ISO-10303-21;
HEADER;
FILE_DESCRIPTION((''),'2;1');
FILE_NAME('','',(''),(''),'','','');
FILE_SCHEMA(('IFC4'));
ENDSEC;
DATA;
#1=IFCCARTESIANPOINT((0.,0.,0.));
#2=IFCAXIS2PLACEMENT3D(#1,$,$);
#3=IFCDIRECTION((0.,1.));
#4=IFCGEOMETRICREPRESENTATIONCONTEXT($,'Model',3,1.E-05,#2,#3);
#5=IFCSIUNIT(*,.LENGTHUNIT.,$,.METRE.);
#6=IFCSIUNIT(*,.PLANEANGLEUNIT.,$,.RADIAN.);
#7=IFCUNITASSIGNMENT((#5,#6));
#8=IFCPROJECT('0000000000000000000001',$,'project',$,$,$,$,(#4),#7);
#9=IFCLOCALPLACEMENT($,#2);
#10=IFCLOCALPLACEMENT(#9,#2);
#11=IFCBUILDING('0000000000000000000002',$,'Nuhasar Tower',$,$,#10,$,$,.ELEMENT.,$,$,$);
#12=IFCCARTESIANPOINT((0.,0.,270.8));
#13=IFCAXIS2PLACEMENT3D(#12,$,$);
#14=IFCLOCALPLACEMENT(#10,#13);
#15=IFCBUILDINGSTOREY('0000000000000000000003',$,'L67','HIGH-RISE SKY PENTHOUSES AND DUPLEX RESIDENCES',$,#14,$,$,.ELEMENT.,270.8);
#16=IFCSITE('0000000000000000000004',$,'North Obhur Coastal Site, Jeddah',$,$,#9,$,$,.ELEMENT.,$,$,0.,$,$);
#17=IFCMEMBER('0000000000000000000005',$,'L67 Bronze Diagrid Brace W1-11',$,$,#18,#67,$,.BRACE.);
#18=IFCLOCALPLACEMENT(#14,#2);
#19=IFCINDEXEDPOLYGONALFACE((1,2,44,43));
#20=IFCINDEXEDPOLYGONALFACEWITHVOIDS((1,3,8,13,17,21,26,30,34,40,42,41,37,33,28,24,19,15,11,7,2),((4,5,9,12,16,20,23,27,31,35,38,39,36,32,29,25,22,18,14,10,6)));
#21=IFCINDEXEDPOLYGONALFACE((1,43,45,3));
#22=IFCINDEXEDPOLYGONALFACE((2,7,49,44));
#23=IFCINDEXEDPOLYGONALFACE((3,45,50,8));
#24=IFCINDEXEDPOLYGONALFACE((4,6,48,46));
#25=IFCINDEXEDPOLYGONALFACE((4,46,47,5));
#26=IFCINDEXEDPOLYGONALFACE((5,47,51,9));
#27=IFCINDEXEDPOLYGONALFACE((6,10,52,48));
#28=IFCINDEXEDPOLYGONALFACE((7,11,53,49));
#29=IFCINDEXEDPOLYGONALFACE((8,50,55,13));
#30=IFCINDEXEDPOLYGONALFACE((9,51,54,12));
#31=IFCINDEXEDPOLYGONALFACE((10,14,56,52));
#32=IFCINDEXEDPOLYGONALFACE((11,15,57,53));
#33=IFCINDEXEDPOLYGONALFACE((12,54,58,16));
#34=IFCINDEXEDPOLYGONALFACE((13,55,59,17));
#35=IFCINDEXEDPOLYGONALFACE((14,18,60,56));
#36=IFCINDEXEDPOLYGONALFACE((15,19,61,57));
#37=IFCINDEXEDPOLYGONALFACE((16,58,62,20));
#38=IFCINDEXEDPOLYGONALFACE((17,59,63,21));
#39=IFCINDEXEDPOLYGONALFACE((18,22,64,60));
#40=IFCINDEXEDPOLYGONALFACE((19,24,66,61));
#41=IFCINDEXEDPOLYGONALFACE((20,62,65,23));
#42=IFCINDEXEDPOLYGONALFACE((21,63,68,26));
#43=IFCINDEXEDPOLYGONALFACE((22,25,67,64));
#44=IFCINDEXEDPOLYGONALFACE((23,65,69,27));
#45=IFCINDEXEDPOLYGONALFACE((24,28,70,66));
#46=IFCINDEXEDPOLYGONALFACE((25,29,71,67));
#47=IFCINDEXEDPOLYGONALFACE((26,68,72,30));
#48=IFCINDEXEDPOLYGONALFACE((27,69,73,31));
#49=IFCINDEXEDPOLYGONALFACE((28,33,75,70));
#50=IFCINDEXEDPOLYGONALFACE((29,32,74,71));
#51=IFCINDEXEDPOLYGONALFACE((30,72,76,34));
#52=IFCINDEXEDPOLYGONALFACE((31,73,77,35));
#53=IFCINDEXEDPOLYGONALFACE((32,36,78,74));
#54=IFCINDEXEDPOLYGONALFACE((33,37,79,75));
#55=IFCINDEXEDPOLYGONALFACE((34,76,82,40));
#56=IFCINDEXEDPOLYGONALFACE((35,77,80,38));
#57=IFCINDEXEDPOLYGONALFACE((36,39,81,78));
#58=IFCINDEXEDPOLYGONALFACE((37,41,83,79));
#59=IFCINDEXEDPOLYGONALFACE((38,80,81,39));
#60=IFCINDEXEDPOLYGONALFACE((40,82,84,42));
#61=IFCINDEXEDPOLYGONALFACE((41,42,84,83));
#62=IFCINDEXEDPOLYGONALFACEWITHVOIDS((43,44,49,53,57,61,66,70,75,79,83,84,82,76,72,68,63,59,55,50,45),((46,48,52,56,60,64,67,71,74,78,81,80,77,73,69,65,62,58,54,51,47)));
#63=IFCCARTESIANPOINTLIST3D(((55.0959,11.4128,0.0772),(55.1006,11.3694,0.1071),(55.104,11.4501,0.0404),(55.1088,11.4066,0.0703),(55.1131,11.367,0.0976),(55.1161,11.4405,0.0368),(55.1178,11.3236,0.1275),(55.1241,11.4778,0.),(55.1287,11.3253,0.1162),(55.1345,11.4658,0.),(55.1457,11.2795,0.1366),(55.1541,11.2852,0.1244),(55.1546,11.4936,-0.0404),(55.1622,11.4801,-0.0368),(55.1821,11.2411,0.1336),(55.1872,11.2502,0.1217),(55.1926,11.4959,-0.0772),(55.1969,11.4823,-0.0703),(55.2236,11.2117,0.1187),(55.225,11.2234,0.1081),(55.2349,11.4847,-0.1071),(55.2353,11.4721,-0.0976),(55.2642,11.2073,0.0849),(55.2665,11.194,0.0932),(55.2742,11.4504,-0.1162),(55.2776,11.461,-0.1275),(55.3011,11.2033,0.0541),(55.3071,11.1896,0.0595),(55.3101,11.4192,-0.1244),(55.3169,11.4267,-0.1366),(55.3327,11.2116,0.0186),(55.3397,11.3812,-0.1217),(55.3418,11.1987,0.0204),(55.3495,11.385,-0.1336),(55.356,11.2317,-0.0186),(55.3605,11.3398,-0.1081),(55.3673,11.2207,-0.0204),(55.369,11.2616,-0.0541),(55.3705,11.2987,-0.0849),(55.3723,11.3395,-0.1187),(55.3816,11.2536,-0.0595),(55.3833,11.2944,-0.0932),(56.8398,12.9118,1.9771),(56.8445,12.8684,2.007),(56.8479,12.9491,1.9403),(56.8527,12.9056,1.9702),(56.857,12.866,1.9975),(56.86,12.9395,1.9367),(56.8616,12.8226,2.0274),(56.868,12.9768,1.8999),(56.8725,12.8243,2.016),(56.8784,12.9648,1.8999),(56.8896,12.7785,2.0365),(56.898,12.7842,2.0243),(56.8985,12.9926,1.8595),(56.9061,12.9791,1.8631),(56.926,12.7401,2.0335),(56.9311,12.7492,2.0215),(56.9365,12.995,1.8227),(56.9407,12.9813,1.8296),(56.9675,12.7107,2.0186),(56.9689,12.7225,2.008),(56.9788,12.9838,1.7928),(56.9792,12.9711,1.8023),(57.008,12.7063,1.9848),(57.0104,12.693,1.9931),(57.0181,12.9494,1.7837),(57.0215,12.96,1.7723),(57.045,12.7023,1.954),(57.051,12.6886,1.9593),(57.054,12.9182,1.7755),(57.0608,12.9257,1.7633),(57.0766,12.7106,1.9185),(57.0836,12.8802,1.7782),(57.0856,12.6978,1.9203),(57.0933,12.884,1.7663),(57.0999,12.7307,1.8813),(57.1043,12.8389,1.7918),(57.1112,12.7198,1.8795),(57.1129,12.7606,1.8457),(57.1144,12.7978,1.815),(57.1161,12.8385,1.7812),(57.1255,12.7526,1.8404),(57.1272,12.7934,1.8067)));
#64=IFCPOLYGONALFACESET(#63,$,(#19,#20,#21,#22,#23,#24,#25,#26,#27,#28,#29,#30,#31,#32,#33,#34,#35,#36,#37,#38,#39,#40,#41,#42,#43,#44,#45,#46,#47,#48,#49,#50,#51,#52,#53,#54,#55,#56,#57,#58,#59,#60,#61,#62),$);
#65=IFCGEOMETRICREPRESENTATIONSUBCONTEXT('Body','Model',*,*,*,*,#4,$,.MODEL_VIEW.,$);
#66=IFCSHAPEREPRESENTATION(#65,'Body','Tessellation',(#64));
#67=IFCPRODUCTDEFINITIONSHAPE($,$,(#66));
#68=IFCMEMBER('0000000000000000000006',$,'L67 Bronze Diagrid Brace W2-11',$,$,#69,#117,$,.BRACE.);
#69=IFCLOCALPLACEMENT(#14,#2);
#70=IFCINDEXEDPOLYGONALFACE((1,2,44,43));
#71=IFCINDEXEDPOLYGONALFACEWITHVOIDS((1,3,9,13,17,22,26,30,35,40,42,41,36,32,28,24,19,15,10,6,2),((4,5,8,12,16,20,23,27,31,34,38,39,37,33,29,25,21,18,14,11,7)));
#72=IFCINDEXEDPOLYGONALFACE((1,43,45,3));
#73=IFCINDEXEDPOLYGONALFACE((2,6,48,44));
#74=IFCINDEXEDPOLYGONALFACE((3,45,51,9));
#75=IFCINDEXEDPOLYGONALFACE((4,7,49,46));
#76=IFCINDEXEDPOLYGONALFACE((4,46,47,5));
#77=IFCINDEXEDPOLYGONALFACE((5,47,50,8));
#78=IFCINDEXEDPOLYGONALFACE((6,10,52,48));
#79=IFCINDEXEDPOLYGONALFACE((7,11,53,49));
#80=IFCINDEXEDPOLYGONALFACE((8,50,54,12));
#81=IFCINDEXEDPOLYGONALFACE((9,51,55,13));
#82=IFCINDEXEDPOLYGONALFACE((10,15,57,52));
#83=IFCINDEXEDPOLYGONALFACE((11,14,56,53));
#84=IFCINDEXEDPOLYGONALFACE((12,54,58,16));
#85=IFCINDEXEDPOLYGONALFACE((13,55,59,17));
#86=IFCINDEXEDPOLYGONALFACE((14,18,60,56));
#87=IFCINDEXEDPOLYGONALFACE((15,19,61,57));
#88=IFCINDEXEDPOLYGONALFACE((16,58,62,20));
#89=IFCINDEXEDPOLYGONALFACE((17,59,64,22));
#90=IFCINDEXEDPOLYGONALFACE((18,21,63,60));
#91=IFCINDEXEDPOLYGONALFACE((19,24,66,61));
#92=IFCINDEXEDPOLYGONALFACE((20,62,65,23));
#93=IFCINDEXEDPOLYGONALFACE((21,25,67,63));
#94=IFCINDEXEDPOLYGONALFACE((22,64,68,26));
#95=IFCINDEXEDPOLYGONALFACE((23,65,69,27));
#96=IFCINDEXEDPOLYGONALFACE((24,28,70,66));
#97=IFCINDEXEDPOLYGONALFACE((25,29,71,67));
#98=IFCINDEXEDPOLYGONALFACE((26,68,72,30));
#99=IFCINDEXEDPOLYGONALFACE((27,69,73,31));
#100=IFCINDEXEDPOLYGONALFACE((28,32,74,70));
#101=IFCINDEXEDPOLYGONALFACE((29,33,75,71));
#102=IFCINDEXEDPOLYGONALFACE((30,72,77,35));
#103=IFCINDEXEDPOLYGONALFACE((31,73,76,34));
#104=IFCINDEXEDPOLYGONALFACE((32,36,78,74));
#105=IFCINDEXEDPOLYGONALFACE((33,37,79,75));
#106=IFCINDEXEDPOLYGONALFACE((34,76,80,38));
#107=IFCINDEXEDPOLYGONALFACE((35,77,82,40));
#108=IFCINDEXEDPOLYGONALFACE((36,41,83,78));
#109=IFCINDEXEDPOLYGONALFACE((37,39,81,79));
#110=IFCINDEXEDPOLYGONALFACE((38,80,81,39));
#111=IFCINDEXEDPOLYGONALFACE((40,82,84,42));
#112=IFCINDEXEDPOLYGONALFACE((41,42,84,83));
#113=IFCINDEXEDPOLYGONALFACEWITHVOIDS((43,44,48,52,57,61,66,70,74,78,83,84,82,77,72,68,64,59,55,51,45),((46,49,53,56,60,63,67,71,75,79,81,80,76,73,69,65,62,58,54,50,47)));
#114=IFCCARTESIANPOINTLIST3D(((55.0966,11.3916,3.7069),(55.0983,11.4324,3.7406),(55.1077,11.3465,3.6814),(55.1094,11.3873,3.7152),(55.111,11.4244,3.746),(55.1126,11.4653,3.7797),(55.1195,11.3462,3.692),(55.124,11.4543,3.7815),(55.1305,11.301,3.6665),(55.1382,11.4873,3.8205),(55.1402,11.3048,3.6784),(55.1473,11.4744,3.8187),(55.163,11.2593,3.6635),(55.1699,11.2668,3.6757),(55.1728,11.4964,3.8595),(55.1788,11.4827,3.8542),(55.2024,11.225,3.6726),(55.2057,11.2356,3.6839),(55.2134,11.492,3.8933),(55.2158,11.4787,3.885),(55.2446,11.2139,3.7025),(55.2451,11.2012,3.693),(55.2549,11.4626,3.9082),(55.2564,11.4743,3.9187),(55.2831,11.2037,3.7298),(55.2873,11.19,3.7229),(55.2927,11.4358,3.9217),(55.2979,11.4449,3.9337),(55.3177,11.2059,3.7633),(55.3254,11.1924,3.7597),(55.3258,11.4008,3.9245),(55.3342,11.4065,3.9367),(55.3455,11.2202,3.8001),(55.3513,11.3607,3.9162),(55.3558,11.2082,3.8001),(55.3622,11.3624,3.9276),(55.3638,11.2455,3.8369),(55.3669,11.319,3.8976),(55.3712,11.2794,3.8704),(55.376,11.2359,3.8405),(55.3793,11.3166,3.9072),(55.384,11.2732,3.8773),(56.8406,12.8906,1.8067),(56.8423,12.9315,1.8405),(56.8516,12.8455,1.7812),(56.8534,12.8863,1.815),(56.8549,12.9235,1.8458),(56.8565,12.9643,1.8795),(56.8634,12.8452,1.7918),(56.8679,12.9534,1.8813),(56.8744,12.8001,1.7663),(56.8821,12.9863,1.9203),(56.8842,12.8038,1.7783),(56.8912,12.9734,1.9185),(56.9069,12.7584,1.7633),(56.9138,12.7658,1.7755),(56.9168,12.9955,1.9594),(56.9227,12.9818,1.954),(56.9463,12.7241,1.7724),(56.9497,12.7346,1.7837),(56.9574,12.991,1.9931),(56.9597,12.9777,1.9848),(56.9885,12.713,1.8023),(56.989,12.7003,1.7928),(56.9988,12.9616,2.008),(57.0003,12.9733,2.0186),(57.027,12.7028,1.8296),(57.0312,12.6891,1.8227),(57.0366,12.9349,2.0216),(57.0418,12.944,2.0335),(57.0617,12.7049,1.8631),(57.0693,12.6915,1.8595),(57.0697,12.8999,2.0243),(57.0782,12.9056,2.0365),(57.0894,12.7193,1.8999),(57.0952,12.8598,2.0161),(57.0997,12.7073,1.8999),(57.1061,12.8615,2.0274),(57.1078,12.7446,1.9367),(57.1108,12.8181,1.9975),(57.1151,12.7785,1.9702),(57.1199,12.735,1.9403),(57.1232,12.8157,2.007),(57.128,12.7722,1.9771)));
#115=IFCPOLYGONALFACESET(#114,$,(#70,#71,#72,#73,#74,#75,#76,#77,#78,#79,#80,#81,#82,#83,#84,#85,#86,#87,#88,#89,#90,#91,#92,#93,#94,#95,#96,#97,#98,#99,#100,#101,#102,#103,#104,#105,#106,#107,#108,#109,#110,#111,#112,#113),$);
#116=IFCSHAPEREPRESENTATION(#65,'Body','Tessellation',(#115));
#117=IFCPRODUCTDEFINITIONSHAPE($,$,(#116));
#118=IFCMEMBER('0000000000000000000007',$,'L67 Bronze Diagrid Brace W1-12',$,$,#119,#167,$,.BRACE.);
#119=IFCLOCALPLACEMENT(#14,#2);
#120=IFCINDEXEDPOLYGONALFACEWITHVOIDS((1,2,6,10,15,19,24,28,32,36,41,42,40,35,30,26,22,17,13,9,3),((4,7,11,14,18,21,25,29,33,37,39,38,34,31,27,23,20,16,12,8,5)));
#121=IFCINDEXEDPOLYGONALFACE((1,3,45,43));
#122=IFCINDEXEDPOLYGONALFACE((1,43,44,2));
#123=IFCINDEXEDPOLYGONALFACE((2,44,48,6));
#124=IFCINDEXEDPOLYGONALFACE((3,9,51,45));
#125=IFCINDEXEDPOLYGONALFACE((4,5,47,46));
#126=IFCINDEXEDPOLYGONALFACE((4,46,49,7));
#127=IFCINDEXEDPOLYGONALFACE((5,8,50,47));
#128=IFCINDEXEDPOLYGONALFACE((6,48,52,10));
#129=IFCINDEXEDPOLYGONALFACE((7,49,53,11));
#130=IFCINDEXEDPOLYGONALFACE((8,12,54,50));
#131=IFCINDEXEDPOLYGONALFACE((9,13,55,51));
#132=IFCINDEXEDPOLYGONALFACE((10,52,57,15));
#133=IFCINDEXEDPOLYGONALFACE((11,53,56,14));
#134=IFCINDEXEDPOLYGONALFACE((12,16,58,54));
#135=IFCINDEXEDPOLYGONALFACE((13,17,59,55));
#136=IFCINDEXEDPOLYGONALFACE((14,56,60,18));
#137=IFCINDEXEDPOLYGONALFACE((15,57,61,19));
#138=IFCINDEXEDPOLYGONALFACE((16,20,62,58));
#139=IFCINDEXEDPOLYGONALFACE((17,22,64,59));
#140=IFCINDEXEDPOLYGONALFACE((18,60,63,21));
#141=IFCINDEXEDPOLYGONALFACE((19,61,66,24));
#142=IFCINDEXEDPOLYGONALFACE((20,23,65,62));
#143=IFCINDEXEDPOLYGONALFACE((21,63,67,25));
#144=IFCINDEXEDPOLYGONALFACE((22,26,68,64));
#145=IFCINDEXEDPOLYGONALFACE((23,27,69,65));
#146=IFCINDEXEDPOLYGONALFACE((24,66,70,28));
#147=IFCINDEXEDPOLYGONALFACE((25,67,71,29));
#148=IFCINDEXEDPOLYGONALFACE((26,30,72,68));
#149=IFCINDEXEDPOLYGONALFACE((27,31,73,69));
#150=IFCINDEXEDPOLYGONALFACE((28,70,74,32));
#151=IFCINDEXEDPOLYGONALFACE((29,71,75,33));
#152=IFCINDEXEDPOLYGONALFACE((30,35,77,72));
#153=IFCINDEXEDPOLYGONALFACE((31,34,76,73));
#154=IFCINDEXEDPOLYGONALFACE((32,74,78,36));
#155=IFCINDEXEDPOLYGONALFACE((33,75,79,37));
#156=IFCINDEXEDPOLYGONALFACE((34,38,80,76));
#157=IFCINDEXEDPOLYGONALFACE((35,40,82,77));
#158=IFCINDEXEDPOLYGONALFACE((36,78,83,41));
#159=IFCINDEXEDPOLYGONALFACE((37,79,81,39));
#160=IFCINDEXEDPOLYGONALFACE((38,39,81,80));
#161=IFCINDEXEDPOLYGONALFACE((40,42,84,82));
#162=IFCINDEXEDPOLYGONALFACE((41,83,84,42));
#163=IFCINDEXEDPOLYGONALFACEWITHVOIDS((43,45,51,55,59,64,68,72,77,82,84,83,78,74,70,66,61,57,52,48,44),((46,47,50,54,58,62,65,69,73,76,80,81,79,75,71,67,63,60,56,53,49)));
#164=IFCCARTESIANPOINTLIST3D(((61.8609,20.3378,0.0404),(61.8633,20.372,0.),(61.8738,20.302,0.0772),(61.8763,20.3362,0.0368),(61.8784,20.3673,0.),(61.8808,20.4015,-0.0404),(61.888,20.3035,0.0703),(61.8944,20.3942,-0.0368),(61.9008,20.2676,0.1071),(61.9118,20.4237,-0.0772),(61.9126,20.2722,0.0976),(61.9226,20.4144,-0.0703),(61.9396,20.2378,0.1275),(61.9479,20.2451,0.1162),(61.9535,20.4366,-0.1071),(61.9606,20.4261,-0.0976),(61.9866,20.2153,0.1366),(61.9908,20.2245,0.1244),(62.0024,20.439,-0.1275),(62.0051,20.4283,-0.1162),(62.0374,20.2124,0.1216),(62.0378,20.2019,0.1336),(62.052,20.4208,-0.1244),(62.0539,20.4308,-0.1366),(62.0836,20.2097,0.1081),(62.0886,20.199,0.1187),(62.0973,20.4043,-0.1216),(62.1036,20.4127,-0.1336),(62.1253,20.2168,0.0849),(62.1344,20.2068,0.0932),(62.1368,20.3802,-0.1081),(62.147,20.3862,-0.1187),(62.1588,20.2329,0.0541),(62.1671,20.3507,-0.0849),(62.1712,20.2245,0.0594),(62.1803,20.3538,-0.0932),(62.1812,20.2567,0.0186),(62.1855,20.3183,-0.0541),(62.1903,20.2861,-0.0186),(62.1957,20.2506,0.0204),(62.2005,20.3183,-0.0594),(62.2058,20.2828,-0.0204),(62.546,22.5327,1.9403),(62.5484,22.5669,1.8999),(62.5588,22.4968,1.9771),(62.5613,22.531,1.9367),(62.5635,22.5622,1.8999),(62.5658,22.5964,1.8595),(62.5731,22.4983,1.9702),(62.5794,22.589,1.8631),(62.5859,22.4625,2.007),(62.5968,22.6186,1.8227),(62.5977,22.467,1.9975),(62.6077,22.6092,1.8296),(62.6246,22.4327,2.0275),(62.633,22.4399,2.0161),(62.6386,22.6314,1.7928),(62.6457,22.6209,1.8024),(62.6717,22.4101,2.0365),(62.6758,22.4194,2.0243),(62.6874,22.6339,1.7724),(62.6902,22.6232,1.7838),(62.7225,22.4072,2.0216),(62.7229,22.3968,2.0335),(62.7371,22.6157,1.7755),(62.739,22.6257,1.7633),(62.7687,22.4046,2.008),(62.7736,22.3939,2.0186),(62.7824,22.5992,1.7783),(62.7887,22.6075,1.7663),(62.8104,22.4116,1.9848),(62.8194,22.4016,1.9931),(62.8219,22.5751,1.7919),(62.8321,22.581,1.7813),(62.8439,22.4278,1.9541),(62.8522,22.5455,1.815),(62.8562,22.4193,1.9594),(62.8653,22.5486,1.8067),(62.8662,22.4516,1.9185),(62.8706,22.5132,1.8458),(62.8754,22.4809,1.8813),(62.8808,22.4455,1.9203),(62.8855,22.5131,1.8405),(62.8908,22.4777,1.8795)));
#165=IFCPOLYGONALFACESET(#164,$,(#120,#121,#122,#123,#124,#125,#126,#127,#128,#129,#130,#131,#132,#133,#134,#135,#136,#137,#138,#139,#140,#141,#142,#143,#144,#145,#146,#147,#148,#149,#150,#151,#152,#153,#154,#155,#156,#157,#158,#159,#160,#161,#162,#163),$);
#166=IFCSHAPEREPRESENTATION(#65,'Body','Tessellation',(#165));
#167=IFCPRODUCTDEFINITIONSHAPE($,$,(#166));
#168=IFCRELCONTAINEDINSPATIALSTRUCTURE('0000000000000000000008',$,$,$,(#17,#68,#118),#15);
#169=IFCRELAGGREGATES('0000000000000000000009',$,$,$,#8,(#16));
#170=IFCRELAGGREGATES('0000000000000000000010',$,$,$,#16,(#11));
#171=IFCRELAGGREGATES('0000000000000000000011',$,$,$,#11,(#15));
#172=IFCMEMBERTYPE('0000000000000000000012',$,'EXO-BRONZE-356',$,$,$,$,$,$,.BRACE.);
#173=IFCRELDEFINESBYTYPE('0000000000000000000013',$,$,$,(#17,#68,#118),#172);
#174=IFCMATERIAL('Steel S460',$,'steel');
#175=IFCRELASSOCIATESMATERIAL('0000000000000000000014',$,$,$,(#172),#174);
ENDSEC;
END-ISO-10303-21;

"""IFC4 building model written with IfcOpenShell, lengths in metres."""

from ifc_helpers import new_model, si_unit, direction, frame, origin, origin_2d, place, context, subcontext, project, spatial, hollow_circle, extrude, material, material_profile, profile_set, type_object, element, save


model = new_model("IFC4")

# Units and contexts
model_context = context("Model", 3, precision=1e-05, world=origin(), true_north=direction((0.0, 1.0)))
body_context = subcontext(model_context, "Body", "Model", "MODEL_VIEW")
ifc_project = project(units=[si_unit("LENGTHUNIT", "METRE"), si_unit("PLANEANGLEUNIT", "RADIAN")], contexts=[model_context])

# Site, building, storey
site_placement = place(None, origin())
site = spatial("IfcSite", under=ifc_project, at=site_placement, Name="North Obhur Coastal Site, Jeddah", CompositionType="ELEMENT", RefElevation=0.0)
building_placement = place(site_placement, origin())
building = spatial("IfcBuilding", under=site, at=building_placement, Name="Nuhasar Tower", CompositionType="ELEMENT")
storey_placement = place(building_placement, frame((0.0, 0.0, 270.8)))
storey = spatial("IfcBuildingStorey", under=building, at=storey_placement, Name="L67", Description="HIGH-RISE SKY PENTHOUSES AND DUPLEX RESIDENCES", CompositionType="ELEMENT", Elevation=270.8)

# Members
ifc_material_1 = material(Name="Steel S460", Category="steel")
ifc_material_profile_1 = material_profile(ifc_material_1, hollow_circle(Radius=0.1777, WallThickness=0.0159, at=origin_2d()), Name="HSS355.6X15.9")
ifc_profile_set_1 = profile_set([ifc_material_profile_1], Name="Steel S460")
member_type_1 = type_object("IfcMemberType", Name="EXO-BRONZE-356", PredefinedType="BRACE", material=ifc_profile_set_1)
member_1_placement = place(storey_placement, frame((55.24, 11.343, 0.0), z_axis=(0.584625, 0.502534, 0.636925), x_axis=(-0.651857, 0.758342, 0.0)))
element("IfcMember", 1, at=member_1_placement, inside=storey, type_object=member_type_1, Name="L67 Bronze Diagrid Brace W1-11", PredefinedType="BRACE", context=body_context, shape_type="SweptSolid", body=[
    extrude(hollow_circle(Radius=0.1777, WallThickness=0.0159, at=origin_2d()), origin(), (0.0, 0.0, 1.0), 2.9829),
])
member_2_placement = place(storey_placement, frame((56.9839, 12.842, 1.8999), z_axis=(-0.584595, -0.502508, 0.636973), x_axis=(0.651857, -0.758342, 0.0)))
element("IfcMember", 2, at=member_2_placement, inside=storey, type_object=member_type_1, Name="L67 Bronze Diagrid Brace W2-11", PredefinedType="BRACE", context=body_context, shape_type="SweptSolid", body=[
    extrude(hollow_circle(Radius=0.1777, WallThickness=0.0159, at=origin_2d()), origin(), (0.0, 0.0, 1.0), 2.9832),
])
member_3_placement = place(storey_placement, frame((62.033, 20.3191, 0.0), z_axis=(0.229681, 0.735864, 0.636985), x_axis=(-0.954582, 0.297948, 0.0)))
element("IfcMember", 3, at=member_3_placement, inside=storey, type_object=member_type_1, Name="L67 Bronze Diagrid Brace W1-12", PredefinedType="BRACE", context=body_context, shape_type="SweptSolid", body=[
    extrude(hollow_circle(Radius=0.1777, WallThickness=0.0159, at=origin_2d()), origin(), (0.0, 0.0, 1.0), 2.9827),
])

save(model, "model.ifc")
